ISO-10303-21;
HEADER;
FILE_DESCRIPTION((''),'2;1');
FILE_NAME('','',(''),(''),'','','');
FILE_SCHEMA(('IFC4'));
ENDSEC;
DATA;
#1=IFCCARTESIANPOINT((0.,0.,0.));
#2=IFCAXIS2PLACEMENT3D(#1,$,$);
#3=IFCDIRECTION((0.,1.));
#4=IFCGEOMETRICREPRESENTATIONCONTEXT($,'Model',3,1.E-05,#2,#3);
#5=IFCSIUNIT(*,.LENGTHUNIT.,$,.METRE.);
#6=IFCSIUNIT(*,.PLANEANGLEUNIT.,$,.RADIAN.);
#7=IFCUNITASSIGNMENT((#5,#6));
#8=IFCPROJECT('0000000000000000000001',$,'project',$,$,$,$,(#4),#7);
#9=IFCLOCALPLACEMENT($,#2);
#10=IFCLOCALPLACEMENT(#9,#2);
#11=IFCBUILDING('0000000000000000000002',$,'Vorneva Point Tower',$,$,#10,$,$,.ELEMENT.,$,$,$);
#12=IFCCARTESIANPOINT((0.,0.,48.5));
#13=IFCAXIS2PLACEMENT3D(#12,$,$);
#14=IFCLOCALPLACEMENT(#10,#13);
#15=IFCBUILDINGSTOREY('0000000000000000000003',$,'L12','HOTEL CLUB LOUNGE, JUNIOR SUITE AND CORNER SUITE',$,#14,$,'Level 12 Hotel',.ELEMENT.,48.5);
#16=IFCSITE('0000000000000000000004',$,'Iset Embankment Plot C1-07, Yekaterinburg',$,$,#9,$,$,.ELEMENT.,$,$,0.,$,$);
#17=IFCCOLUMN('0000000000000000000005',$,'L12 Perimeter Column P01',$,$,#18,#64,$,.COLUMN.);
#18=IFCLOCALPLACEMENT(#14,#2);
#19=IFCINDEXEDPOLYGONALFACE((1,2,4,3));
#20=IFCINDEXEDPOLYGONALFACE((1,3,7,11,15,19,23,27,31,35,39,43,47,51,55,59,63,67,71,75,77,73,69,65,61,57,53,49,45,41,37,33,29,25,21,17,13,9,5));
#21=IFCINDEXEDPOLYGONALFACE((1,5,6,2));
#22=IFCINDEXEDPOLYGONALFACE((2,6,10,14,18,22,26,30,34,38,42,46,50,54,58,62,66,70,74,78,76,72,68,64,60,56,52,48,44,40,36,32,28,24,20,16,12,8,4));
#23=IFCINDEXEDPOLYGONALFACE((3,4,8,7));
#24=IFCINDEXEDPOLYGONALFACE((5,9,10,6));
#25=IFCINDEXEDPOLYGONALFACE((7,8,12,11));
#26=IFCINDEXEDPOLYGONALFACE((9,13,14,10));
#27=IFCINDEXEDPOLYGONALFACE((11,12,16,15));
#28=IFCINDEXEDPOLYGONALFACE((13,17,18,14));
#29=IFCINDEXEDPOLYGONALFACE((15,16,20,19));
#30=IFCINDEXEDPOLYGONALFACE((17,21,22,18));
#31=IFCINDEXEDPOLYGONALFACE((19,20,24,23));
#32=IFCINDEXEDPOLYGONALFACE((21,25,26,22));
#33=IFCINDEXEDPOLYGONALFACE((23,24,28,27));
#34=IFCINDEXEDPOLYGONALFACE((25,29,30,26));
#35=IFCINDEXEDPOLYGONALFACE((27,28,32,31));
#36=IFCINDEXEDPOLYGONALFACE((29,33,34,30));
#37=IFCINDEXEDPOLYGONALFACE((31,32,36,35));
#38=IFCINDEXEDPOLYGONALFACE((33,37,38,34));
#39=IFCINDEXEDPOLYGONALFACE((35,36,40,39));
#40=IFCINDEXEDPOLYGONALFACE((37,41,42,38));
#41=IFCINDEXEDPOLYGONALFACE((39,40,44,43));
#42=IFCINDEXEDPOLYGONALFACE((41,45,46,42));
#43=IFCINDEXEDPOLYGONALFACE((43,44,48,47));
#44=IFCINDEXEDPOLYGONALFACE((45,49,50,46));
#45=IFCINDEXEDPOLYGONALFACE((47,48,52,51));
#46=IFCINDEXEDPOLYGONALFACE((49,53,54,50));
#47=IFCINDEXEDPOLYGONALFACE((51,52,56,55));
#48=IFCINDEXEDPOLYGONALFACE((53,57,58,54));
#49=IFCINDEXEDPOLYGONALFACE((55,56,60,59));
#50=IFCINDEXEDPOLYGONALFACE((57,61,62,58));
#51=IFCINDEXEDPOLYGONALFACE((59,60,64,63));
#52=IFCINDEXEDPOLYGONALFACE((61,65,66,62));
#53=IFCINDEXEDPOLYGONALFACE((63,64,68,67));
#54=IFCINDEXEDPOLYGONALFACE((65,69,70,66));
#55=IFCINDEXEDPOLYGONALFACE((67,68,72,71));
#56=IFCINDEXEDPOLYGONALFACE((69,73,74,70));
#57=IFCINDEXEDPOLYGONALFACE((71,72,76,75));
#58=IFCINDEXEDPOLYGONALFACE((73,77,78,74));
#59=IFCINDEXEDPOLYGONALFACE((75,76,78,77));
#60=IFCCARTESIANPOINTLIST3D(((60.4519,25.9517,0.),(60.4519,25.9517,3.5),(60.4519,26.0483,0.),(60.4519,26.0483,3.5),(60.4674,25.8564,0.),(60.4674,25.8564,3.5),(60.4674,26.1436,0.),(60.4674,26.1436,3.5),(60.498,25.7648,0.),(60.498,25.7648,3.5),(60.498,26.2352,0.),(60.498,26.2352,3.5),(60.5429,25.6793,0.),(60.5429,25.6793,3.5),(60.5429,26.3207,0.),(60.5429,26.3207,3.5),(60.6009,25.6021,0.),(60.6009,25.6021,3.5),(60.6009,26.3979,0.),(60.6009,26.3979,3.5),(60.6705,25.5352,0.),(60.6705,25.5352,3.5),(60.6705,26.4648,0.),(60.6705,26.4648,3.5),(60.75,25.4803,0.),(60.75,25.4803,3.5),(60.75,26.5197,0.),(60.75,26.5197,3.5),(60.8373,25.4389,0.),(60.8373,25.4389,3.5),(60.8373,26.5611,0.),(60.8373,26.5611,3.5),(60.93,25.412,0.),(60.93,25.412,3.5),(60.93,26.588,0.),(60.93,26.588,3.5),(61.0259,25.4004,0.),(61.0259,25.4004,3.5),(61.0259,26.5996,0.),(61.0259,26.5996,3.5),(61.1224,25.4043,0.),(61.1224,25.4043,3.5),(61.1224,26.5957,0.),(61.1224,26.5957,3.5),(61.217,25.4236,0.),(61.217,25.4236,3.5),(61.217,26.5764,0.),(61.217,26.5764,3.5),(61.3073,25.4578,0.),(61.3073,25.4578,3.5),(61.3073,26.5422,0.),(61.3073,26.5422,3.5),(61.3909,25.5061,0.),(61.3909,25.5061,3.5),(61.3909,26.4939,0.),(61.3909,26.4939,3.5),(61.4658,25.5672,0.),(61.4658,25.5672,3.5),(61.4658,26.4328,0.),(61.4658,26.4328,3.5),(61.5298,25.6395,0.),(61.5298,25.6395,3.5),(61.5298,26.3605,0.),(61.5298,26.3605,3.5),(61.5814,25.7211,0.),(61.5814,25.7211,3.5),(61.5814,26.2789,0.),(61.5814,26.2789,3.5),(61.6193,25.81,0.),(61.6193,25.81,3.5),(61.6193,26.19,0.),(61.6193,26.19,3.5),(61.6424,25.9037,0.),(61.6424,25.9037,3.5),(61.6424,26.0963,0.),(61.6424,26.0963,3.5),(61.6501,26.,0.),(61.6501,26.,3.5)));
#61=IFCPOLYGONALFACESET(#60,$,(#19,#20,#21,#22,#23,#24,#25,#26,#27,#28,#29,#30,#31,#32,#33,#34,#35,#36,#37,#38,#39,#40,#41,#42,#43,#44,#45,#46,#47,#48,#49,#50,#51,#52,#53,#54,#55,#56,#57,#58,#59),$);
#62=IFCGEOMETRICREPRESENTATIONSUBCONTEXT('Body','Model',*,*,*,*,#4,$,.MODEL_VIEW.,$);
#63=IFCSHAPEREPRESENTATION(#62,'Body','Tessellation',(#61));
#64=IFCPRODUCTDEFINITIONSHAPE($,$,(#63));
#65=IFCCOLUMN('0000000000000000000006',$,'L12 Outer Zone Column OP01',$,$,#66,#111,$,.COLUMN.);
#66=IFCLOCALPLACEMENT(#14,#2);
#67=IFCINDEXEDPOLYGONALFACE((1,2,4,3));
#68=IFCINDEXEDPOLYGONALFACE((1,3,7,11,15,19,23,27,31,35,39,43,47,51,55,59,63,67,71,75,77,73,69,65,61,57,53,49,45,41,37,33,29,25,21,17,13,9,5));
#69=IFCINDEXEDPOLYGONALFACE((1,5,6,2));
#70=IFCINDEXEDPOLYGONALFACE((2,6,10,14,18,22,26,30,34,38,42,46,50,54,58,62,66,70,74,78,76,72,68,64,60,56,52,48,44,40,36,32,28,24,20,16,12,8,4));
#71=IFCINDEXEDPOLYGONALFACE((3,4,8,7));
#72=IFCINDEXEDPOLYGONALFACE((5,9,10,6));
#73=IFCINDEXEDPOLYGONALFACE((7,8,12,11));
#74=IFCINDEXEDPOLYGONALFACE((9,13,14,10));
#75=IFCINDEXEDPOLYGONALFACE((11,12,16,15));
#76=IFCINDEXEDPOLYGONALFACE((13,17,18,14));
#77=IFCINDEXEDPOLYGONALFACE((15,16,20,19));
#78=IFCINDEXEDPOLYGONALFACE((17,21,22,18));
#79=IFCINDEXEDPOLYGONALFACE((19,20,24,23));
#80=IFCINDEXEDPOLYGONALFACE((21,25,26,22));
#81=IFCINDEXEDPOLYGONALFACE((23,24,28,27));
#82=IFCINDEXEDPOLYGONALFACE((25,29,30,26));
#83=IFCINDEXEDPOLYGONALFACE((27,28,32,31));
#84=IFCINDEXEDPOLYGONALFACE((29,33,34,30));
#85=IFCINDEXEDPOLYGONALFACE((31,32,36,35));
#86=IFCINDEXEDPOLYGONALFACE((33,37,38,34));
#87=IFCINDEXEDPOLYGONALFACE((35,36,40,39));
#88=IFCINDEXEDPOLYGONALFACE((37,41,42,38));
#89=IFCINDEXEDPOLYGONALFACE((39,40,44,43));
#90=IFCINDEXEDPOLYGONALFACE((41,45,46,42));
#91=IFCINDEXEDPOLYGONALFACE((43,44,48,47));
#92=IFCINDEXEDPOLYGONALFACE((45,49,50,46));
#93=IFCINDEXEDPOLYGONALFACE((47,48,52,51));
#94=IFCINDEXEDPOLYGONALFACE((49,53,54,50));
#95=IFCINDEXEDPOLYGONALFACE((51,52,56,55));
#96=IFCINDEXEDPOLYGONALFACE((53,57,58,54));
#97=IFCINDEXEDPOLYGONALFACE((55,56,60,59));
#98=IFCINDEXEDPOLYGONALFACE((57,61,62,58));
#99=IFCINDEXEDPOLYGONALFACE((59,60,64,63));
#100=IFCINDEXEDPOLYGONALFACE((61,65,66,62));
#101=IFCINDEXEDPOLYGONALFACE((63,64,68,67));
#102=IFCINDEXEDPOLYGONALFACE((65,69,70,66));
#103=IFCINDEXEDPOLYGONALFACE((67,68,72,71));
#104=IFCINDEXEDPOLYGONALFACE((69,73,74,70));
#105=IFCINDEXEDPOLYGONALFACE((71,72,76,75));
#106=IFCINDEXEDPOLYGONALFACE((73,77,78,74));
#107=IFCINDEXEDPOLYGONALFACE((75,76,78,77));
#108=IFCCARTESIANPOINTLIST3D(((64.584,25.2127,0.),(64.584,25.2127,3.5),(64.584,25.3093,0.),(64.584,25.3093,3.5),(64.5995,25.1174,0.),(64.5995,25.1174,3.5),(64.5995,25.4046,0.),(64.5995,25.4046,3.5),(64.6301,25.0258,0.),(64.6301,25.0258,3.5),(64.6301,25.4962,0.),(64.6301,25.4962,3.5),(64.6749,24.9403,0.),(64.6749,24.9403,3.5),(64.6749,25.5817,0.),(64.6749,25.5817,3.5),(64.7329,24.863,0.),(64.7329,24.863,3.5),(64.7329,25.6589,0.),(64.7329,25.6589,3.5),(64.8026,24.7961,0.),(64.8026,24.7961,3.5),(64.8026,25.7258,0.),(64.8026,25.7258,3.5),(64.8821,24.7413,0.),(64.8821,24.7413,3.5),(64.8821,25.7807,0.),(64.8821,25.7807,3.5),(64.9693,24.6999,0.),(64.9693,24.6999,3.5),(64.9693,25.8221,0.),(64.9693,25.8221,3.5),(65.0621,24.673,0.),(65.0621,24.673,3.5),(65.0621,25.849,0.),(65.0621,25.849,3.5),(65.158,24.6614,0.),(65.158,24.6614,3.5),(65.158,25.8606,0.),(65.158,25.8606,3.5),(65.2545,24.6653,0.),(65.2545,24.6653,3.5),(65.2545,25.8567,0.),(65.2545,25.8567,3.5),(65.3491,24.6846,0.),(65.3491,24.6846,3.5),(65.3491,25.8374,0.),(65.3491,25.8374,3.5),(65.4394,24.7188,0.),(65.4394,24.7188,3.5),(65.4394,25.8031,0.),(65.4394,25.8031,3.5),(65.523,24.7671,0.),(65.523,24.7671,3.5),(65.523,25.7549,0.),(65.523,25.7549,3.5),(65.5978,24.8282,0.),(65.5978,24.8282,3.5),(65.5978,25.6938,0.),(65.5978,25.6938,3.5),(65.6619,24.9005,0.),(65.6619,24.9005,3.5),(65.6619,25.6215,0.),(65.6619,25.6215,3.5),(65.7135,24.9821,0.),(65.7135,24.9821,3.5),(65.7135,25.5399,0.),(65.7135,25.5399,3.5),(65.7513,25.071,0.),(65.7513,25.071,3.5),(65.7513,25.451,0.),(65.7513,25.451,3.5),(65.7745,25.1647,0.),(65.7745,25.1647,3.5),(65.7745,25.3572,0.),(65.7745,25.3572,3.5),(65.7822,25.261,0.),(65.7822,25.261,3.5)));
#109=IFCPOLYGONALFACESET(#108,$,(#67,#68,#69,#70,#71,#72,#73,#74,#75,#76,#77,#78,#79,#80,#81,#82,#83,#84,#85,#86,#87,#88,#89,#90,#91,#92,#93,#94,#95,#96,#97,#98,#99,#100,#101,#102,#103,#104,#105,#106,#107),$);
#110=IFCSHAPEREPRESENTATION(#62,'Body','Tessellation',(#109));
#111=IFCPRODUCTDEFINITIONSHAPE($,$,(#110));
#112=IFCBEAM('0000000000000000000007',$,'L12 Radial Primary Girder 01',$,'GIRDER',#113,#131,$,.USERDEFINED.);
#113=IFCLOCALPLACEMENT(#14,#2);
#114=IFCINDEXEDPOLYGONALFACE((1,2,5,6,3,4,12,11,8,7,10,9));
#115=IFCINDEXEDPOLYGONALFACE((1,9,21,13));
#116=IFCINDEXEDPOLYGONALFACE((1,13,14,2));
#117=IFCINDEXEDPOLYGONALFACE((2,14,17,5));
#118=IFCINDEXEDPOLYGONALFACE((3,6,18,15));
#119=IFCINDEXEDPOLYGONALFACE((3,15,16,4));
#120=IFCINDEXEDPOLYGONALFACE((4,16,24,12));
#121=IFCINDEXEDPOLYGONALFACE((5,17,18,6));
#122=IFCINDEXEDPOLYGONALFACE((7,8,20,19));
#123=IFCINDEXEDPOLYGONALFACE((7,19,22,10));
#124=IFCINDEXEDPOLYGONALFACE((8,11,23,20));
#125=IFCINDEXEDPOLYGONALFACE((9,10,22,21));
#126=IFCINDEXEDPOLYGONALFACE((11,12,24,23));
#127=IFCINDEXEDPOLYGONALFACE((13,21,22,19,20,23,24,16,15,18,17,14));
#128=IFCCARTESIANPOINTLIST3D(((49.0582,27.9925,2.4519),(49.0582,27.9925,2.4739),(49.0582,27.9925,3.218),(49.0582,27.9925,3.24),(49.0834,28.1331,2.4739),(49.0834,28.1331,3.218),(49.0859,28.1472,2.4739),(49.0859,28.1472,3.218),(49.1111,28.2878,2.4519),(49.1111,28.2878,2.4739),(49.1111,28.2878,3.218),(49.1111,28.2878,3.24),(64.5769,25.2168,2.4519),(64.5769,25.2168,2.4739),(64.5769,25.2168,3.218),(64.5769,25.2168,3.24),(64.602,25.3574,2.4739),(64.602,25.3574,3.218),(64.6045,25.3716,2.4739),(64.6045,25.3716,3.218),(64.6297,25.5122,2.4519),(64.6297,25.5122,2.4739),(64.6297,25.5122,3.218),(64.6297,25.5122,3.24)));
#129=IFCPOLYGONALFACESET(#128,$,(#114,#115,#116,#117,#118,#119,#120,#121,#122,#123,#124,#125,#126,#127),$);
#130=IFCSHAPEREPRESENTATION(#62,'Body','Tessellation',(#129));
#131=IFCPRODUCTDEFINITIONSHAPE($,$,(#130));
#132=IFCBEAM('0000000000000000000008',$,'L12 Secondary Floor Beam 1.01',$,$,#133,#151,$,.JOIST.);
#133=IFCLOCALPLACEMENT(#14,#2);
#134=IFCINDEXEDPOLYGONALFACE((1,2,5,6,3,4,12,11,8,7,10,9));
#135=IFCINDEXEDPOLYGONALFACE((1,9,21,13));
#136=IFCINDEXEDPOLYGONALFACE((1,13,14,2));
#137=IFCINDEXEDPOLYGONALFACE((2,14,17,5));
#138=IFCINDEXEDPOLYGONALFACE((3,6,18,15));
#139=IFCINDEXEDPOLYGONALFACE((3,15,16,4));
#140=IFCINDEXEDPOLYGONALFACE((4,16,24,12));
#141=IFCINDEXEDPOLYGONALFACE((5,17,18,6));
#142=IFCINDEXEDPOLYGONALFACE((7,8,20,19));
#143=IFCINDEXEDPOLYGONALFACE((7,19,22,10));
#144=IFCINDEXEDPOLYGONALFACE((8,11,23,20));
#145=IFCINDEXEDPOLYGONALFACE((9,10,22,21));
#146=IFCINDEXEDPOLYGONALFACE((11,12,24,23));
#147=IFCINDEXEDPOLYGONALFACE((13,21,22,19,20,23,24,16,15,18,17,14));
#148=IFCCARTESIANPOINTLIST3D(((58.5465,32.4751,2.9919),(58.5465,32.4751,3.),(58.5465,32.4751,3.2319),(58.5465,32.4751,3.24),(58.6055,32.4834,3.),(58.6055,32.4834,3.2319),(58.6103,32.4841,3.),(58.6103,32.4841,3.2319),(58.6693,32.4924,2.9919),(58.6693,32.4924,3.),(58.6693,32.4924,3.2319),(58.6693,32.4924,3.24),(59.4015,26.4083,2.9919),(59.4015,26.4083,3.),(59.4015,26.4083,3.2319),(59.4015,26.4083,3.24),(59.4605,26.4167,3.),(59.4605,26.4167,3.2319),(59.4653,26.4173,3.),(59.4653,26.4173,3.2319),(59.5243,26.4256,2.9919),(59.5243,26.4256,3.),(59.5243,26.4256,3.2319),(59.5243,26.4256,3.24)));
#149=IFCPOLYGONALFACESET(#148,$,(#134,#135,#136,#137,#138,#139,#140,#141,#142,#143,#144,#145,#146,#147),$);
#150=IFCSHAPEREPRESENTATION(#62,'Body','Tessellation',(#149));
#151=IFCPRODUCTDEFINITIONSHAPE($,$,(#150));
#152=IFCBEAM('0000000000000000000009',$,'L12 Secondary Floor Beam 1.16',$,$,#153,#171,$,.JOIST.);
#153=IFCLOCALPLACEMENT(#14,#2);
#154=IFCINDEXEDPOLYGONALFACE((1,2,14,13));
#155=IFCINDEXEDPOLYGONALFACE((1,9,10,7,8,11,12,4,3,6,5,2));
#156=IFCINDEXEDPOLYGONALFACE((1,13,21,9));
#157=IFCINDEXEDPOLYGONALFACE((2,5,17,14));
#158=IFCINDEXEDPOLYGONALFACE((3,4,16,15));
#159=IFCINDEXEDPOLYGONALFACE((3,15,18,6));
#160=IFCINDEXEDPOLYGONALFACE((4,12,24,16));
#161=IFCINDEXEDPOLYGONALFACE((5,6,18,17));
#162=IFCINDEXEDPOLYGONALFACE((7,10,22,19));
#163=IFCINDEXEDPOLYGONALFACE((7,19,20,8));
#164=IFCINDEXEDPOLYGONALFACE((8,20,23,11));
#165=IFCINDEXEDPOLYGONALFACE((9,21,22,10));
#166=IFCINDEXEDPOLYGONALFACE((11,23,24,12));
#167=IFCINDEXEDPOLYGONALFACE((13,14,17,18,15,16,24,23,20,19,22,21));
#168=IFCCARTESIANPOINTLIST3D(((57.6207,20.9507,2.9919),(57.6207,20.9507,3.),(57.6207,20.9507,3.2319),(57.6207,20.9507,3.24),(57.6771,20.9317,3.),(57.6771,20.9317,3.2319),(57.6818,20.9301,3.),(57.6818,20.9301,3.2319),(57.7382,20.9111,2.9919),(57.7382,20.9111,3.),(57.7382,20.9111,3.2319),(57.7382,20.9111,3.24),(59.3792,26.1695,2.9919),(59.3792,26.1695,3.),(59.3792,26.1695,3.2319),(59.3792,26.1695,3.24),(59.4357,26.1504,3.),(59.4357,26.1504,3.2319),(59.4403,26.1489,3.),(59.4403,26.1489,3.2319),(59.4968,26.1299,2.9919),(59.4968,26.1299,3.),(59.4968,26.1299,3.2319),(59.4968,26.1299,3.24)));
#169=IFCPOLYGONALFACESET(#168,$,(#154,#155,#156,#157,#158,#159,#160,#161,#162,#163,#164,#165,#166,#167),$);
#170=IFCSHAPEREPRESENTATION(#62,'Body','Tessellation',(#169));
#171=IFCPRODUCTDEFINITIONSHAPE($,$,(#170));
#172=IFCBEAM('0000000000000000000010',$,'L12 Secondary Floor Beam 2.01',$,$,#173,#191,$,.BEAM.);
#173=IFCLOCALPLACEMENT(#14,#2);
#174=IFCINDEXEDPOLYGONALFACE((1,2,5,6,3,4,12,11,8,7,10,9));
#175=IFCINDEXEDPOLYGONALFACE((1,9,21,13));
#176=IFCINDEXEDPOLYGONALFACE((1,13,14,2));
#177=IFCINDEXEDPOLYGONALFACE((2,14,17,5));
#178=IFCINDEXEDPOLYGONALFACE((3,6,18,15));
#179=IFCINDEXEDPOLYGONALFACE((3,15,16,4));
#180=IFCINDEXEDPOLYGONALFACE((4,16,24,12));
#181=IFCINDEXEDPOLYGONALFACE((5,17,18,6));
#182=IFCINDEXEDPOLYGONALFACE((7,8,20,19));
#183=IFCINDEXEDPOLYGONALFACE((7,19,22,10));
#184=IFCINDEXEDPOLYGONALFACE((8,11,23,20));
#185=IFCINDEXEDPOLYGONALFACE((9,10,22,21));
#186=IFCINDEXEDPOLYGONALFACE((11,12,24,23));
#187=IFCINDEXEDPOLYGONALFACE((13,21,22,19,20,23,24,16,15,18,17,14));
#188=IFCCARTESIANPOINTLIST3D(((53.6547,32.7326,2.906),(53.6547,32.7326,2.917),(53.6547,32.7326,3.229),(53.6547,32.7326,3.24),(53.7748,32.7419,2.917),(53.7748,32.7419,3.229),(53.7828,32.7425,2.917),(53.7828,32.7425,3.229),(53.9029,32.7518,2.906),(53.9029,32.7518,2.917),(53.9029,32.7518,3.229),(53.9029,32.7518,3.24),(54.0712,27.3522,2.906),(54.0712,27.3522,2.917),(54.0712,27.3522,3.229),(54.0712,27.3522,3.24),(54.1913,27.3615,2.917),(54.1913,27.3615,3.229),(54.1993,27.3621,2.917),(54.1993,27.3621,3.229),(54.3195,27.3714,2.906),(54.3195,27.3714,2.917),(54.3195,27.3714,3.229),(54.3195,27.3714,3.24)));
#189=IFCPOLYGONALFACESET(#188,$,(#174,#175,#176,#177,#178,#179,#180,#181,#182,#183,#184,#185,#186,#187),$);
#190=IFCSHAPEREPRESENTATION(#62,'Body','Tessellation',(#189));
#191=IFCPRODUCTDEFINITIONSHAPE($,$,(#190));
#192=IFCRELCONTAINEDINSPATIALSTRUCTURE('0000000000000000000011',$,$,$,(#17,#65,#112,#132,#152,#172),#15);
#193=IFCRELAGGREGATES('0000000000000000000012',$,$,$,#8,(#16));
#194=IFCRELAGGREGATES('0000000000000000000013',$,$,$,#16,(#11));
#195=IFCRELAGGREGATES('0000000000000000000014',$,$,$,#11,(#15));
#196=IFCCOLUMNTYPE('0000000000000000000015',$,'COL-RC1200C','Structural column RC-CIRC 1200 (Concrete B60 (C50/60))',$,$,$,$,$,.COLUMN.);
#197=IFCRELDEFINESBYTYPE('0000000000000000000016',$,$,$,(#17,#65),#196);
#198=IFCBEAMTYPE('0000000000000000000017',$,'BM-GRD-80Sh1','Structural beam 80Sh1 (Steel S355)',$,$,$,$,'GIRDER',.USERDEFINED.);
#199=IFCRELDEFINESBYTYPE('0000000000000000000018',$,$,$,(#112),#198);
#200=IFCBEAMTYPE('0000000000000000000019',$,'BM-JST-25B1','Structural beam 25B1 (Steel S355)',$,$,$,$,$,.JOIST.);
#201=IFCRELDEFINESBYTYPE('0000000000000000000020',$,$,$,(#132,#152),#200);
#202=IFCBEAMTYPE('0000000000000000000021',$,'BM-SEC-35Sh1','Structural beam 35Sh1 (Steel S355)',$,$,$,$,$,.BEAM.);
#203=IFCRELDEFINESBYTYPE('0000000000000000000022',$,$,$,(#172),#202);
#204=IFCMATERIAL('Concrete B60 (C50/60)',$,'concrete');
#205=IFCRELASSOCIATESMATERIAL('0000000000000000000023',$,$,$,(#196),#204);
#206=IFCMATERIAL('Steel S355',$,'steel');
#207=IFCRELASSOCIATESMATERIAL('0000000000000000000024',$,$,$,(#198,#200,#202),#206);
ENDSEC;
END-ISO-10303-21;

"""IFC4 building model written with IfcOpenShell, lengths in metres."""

from ifc_helpers import new_model, si_unit, direction, frame, origin, origin_2d, place, context, subcontext, project, spatial, circle, i_section, extrude, material, material_profile, profile_set, type_object, element, save


model = new_model("IFC4")

# Units and contexts
model_context = context("Model", 3, precision=1e-05, world=origin(), true_north=direction((0.0, 1.0)))
body_context = subcontext(model_context, "Body", "Model", "MODEL_VIEW")
ifc_project = project(units=[si_unit("LENGTHUNIT", "METRE"), si_unit("PLANEANGLEUNIT", "RADIAN")], contexts=[model_context])

# Site, building, storey
site_placement = place(None, origin())
site = spatial("IfcSite", under=ifc_project, at=site_placement, Name="Iset Embankment Plot C1-07, Yekaterinburg", CompositionType="ELEMENT", RefElevation=0.0)
building_placement = place(site_placement, origin())
building = spatial("IfcBuilding", under=site, at=building_placement, Name="Vorneva Point Tower", CompositionType="ELEMENT")
storey_placement = place(building_placement, frame((0.0, 0.0, 48.5)))
storey = spatial("IfcBuildingStorey", under=building, at=storey_placement, Name="L12", Description="HOTEL CLUB LOUNGE, JUNIOR SUITE AND CORNER SUITE", LongName="Level 12 Hotel", CompositionType="ELEMENT", Elevation=48.5)

# Columns
ifc_material_1 = material(Name="Concrete B60 (C50/60)", Category="concrete")
ifc_material_profile_1 = material_profile(ifc_material_1, circle(Radius=0.6001, at=origin_2d()), Name="RC-CIRC 1200")
ifc_profile_set_1 = profile_set([ifc_material_profile_1], Name="Concrete B60 (C50/60)")
column_type = type_object("IfcColumnType", Name="COL-RC1200C", Description="Structural column RC-CIRC 1200 (Concrete B60 (C50/60))", PredefinedType="COLUMN", material=ifc_profile_set_1)
for number, where, z_axis, x_axis, name in (
    (1, (61.05, 26.0, 0.0), (0.0, 0.0, 1.0), (1.0, 0.0, 0.0), "L12 Perimeter Column P01"),
    (2, (65.1821, 25.261, 0.0), (0.0, 0.0, 1.0), (1.0, 0.0, 0.0), "L12 Outer Zone Column OP01"),
):
    element("IfcColumn", number, at=place(storey_placement, frame(where, z_axis=z_axis, x_axis=x_axis)), inside=storey, type_object=column_type, Name=name, PredefinedType="COLUMN", context=body_context, shape_type="SweptSolid", body=[
        extrude(circle(Radius=0.6001, at=origin_2d()), origin(), (0.0, 0.0, 1.0), 3.5),
    ])

# Beams
ifc_material_2 = material(Name="Steel S355", Category="steel")
ifc_material_profile_2 = material_profile(ifc_material_2, i_section(OverallWidth=0.3, OverallDepth=0.7881, WebThickness=0.0144, FlangeThickness=0.022, at=origin_2d()), Name="80Sh1")
ifc_profile_set_2 = profile_set([ifc_material_profile_2], Name="Steel S355")
beam_type_1 = type_object("IfcBeamType", Name="BM-GRD-80Sh1", Description="Structural beam 80Sh1 (Steel S355)", ElementType="GIRDER", PredefinedType="USERDEFINED", material=ifc_profile_set_2)
beam_1_placement = place(storey_placement, frame((64.6033, 25.3645, 2.8459), z_axis=(-0.984379, 0.176065, 0.0), x_axis=(-0.176065, -0.984379, 0.0)))
element("IfcBeam", 3, at=beam_1_placement, inside=storey, type_object=beam_type_1, Name="L12 Radial Primary Girder 01", ObjectType="GIRDER", PredefinedType="USERDEFINED", context=body_context, shape_type="SweptSolid", body=[
    extrude(i_section(OverallWidth=0.3, OverallDepth=0.7881, WebThickness=0.0144, FlangeThickness=0.022, at=origin_2d()), origin(), (0.0, 0.0, 1.0), 15.7649),
])
ifc_material_profile_3 = material_profile(ifc_material_2, i_section(OverallWidth=0.124, OverallDepth=0.248, WebThickness=0.0049, FlangeThickness=0.0081, at=origin_2d()), Name="25B1")
ifc_profile_set_3 = profile_set([ifc_material_profile_3], Name="Steel S355")
beam_type_2 = type_object("IfcBeamType", Name="BM-JST-25B1", Description="Structural beam 25B1 (Steel S355)", PredefinedType="JOIST", material=ifc_profile_set_3)
beam_2_placement = place(storey_placement, frame((59.4629, 26.417, 3.116), z_axis=(-0.139552, 0.990215, 0.0), x_axis=(-0.990215, -0.139552, 0.0)))
element("IfcBeam", 4, at=beam_2_placement, inside=storey, type_object=beam_type_2, Name="L12 Secondary Floor Beam 1.01", PredefinedType="JOIST", context=body_context, shape_type="SweptSolid", body=[
    extrude(i_section(OverallWidth=0.124, OverallDepth=0.248, WebThickness=0.0049, FlangeThickness=0.0081, at=origin_2d()), origin(), (0.0, 0.0, 1.0), 6.1267),
])
beam_3_placement = place(storey_placement, frame((57.6794, 20.9309, 3.116), z_axis=(0.319325, 0.947645, 0.0), x_axis=(-0.947645, 0.319325, 0.0)))
element("IfcBeam", 5, at=beam_3_placement, inside=storey, type_object=beam_type_2, Name="L12 Secondary Floor Beam 1.16", PredefinedType="JOIST", context=body_context, shape_type="SweptSolid", body=[
    extrude(i_section(OverallWidth=0.124, OverallDepth=0.248, WebThickness=0.0049, FlangeThickness=0.0081, at=origin_2d()), origin(), (0.0, 0.0, 1.0), 5.5071),
])
ifc_material_profile_4 = material_profile(ifc_material_2, i_section(OverallWidth=0.249, OverallDepth=0.334, WebThickness=0.0081, FlangeThickness=0.011, at=origin_2d()), Name="35Sh1")
ifc_profile_set_4 = profile_set([ifc_material_profile_4], Name="Steel S355")
beam_type_3 = type_object("IfcBeamType", Name="BM-SEC-35Sh1", Description="Structural beam 35Sh1 (Steel S355)", PredefinedType="BEAM", material=ifc_profile_set_4)
beam_4_placement = place(storey_placement, frame((54.1953, 27.3618, 3.073), z_axis=(-0.077181, 0.997017, 0.0), x_axis=(-0.997017, -0.077181, 0.0)))
element("IfcBeam", 6, at=beam_4_placement, inside=storey, type_object=beam_type_3, Name="L12 Secondary Floor Beam 2.01", PredefinedType="BEAM", context=body_context, shape_type="SweptSolid", body=[
    extrude(i_section(OverallWidth=0.249, OverallDepth=0.334, WebThickness=0.0081, FlangeThickness=0.011, at=origin_2d()), origin(), (0.0, 0.0, 1.0), 5.3965),
])

save(model, "model.ifc")
